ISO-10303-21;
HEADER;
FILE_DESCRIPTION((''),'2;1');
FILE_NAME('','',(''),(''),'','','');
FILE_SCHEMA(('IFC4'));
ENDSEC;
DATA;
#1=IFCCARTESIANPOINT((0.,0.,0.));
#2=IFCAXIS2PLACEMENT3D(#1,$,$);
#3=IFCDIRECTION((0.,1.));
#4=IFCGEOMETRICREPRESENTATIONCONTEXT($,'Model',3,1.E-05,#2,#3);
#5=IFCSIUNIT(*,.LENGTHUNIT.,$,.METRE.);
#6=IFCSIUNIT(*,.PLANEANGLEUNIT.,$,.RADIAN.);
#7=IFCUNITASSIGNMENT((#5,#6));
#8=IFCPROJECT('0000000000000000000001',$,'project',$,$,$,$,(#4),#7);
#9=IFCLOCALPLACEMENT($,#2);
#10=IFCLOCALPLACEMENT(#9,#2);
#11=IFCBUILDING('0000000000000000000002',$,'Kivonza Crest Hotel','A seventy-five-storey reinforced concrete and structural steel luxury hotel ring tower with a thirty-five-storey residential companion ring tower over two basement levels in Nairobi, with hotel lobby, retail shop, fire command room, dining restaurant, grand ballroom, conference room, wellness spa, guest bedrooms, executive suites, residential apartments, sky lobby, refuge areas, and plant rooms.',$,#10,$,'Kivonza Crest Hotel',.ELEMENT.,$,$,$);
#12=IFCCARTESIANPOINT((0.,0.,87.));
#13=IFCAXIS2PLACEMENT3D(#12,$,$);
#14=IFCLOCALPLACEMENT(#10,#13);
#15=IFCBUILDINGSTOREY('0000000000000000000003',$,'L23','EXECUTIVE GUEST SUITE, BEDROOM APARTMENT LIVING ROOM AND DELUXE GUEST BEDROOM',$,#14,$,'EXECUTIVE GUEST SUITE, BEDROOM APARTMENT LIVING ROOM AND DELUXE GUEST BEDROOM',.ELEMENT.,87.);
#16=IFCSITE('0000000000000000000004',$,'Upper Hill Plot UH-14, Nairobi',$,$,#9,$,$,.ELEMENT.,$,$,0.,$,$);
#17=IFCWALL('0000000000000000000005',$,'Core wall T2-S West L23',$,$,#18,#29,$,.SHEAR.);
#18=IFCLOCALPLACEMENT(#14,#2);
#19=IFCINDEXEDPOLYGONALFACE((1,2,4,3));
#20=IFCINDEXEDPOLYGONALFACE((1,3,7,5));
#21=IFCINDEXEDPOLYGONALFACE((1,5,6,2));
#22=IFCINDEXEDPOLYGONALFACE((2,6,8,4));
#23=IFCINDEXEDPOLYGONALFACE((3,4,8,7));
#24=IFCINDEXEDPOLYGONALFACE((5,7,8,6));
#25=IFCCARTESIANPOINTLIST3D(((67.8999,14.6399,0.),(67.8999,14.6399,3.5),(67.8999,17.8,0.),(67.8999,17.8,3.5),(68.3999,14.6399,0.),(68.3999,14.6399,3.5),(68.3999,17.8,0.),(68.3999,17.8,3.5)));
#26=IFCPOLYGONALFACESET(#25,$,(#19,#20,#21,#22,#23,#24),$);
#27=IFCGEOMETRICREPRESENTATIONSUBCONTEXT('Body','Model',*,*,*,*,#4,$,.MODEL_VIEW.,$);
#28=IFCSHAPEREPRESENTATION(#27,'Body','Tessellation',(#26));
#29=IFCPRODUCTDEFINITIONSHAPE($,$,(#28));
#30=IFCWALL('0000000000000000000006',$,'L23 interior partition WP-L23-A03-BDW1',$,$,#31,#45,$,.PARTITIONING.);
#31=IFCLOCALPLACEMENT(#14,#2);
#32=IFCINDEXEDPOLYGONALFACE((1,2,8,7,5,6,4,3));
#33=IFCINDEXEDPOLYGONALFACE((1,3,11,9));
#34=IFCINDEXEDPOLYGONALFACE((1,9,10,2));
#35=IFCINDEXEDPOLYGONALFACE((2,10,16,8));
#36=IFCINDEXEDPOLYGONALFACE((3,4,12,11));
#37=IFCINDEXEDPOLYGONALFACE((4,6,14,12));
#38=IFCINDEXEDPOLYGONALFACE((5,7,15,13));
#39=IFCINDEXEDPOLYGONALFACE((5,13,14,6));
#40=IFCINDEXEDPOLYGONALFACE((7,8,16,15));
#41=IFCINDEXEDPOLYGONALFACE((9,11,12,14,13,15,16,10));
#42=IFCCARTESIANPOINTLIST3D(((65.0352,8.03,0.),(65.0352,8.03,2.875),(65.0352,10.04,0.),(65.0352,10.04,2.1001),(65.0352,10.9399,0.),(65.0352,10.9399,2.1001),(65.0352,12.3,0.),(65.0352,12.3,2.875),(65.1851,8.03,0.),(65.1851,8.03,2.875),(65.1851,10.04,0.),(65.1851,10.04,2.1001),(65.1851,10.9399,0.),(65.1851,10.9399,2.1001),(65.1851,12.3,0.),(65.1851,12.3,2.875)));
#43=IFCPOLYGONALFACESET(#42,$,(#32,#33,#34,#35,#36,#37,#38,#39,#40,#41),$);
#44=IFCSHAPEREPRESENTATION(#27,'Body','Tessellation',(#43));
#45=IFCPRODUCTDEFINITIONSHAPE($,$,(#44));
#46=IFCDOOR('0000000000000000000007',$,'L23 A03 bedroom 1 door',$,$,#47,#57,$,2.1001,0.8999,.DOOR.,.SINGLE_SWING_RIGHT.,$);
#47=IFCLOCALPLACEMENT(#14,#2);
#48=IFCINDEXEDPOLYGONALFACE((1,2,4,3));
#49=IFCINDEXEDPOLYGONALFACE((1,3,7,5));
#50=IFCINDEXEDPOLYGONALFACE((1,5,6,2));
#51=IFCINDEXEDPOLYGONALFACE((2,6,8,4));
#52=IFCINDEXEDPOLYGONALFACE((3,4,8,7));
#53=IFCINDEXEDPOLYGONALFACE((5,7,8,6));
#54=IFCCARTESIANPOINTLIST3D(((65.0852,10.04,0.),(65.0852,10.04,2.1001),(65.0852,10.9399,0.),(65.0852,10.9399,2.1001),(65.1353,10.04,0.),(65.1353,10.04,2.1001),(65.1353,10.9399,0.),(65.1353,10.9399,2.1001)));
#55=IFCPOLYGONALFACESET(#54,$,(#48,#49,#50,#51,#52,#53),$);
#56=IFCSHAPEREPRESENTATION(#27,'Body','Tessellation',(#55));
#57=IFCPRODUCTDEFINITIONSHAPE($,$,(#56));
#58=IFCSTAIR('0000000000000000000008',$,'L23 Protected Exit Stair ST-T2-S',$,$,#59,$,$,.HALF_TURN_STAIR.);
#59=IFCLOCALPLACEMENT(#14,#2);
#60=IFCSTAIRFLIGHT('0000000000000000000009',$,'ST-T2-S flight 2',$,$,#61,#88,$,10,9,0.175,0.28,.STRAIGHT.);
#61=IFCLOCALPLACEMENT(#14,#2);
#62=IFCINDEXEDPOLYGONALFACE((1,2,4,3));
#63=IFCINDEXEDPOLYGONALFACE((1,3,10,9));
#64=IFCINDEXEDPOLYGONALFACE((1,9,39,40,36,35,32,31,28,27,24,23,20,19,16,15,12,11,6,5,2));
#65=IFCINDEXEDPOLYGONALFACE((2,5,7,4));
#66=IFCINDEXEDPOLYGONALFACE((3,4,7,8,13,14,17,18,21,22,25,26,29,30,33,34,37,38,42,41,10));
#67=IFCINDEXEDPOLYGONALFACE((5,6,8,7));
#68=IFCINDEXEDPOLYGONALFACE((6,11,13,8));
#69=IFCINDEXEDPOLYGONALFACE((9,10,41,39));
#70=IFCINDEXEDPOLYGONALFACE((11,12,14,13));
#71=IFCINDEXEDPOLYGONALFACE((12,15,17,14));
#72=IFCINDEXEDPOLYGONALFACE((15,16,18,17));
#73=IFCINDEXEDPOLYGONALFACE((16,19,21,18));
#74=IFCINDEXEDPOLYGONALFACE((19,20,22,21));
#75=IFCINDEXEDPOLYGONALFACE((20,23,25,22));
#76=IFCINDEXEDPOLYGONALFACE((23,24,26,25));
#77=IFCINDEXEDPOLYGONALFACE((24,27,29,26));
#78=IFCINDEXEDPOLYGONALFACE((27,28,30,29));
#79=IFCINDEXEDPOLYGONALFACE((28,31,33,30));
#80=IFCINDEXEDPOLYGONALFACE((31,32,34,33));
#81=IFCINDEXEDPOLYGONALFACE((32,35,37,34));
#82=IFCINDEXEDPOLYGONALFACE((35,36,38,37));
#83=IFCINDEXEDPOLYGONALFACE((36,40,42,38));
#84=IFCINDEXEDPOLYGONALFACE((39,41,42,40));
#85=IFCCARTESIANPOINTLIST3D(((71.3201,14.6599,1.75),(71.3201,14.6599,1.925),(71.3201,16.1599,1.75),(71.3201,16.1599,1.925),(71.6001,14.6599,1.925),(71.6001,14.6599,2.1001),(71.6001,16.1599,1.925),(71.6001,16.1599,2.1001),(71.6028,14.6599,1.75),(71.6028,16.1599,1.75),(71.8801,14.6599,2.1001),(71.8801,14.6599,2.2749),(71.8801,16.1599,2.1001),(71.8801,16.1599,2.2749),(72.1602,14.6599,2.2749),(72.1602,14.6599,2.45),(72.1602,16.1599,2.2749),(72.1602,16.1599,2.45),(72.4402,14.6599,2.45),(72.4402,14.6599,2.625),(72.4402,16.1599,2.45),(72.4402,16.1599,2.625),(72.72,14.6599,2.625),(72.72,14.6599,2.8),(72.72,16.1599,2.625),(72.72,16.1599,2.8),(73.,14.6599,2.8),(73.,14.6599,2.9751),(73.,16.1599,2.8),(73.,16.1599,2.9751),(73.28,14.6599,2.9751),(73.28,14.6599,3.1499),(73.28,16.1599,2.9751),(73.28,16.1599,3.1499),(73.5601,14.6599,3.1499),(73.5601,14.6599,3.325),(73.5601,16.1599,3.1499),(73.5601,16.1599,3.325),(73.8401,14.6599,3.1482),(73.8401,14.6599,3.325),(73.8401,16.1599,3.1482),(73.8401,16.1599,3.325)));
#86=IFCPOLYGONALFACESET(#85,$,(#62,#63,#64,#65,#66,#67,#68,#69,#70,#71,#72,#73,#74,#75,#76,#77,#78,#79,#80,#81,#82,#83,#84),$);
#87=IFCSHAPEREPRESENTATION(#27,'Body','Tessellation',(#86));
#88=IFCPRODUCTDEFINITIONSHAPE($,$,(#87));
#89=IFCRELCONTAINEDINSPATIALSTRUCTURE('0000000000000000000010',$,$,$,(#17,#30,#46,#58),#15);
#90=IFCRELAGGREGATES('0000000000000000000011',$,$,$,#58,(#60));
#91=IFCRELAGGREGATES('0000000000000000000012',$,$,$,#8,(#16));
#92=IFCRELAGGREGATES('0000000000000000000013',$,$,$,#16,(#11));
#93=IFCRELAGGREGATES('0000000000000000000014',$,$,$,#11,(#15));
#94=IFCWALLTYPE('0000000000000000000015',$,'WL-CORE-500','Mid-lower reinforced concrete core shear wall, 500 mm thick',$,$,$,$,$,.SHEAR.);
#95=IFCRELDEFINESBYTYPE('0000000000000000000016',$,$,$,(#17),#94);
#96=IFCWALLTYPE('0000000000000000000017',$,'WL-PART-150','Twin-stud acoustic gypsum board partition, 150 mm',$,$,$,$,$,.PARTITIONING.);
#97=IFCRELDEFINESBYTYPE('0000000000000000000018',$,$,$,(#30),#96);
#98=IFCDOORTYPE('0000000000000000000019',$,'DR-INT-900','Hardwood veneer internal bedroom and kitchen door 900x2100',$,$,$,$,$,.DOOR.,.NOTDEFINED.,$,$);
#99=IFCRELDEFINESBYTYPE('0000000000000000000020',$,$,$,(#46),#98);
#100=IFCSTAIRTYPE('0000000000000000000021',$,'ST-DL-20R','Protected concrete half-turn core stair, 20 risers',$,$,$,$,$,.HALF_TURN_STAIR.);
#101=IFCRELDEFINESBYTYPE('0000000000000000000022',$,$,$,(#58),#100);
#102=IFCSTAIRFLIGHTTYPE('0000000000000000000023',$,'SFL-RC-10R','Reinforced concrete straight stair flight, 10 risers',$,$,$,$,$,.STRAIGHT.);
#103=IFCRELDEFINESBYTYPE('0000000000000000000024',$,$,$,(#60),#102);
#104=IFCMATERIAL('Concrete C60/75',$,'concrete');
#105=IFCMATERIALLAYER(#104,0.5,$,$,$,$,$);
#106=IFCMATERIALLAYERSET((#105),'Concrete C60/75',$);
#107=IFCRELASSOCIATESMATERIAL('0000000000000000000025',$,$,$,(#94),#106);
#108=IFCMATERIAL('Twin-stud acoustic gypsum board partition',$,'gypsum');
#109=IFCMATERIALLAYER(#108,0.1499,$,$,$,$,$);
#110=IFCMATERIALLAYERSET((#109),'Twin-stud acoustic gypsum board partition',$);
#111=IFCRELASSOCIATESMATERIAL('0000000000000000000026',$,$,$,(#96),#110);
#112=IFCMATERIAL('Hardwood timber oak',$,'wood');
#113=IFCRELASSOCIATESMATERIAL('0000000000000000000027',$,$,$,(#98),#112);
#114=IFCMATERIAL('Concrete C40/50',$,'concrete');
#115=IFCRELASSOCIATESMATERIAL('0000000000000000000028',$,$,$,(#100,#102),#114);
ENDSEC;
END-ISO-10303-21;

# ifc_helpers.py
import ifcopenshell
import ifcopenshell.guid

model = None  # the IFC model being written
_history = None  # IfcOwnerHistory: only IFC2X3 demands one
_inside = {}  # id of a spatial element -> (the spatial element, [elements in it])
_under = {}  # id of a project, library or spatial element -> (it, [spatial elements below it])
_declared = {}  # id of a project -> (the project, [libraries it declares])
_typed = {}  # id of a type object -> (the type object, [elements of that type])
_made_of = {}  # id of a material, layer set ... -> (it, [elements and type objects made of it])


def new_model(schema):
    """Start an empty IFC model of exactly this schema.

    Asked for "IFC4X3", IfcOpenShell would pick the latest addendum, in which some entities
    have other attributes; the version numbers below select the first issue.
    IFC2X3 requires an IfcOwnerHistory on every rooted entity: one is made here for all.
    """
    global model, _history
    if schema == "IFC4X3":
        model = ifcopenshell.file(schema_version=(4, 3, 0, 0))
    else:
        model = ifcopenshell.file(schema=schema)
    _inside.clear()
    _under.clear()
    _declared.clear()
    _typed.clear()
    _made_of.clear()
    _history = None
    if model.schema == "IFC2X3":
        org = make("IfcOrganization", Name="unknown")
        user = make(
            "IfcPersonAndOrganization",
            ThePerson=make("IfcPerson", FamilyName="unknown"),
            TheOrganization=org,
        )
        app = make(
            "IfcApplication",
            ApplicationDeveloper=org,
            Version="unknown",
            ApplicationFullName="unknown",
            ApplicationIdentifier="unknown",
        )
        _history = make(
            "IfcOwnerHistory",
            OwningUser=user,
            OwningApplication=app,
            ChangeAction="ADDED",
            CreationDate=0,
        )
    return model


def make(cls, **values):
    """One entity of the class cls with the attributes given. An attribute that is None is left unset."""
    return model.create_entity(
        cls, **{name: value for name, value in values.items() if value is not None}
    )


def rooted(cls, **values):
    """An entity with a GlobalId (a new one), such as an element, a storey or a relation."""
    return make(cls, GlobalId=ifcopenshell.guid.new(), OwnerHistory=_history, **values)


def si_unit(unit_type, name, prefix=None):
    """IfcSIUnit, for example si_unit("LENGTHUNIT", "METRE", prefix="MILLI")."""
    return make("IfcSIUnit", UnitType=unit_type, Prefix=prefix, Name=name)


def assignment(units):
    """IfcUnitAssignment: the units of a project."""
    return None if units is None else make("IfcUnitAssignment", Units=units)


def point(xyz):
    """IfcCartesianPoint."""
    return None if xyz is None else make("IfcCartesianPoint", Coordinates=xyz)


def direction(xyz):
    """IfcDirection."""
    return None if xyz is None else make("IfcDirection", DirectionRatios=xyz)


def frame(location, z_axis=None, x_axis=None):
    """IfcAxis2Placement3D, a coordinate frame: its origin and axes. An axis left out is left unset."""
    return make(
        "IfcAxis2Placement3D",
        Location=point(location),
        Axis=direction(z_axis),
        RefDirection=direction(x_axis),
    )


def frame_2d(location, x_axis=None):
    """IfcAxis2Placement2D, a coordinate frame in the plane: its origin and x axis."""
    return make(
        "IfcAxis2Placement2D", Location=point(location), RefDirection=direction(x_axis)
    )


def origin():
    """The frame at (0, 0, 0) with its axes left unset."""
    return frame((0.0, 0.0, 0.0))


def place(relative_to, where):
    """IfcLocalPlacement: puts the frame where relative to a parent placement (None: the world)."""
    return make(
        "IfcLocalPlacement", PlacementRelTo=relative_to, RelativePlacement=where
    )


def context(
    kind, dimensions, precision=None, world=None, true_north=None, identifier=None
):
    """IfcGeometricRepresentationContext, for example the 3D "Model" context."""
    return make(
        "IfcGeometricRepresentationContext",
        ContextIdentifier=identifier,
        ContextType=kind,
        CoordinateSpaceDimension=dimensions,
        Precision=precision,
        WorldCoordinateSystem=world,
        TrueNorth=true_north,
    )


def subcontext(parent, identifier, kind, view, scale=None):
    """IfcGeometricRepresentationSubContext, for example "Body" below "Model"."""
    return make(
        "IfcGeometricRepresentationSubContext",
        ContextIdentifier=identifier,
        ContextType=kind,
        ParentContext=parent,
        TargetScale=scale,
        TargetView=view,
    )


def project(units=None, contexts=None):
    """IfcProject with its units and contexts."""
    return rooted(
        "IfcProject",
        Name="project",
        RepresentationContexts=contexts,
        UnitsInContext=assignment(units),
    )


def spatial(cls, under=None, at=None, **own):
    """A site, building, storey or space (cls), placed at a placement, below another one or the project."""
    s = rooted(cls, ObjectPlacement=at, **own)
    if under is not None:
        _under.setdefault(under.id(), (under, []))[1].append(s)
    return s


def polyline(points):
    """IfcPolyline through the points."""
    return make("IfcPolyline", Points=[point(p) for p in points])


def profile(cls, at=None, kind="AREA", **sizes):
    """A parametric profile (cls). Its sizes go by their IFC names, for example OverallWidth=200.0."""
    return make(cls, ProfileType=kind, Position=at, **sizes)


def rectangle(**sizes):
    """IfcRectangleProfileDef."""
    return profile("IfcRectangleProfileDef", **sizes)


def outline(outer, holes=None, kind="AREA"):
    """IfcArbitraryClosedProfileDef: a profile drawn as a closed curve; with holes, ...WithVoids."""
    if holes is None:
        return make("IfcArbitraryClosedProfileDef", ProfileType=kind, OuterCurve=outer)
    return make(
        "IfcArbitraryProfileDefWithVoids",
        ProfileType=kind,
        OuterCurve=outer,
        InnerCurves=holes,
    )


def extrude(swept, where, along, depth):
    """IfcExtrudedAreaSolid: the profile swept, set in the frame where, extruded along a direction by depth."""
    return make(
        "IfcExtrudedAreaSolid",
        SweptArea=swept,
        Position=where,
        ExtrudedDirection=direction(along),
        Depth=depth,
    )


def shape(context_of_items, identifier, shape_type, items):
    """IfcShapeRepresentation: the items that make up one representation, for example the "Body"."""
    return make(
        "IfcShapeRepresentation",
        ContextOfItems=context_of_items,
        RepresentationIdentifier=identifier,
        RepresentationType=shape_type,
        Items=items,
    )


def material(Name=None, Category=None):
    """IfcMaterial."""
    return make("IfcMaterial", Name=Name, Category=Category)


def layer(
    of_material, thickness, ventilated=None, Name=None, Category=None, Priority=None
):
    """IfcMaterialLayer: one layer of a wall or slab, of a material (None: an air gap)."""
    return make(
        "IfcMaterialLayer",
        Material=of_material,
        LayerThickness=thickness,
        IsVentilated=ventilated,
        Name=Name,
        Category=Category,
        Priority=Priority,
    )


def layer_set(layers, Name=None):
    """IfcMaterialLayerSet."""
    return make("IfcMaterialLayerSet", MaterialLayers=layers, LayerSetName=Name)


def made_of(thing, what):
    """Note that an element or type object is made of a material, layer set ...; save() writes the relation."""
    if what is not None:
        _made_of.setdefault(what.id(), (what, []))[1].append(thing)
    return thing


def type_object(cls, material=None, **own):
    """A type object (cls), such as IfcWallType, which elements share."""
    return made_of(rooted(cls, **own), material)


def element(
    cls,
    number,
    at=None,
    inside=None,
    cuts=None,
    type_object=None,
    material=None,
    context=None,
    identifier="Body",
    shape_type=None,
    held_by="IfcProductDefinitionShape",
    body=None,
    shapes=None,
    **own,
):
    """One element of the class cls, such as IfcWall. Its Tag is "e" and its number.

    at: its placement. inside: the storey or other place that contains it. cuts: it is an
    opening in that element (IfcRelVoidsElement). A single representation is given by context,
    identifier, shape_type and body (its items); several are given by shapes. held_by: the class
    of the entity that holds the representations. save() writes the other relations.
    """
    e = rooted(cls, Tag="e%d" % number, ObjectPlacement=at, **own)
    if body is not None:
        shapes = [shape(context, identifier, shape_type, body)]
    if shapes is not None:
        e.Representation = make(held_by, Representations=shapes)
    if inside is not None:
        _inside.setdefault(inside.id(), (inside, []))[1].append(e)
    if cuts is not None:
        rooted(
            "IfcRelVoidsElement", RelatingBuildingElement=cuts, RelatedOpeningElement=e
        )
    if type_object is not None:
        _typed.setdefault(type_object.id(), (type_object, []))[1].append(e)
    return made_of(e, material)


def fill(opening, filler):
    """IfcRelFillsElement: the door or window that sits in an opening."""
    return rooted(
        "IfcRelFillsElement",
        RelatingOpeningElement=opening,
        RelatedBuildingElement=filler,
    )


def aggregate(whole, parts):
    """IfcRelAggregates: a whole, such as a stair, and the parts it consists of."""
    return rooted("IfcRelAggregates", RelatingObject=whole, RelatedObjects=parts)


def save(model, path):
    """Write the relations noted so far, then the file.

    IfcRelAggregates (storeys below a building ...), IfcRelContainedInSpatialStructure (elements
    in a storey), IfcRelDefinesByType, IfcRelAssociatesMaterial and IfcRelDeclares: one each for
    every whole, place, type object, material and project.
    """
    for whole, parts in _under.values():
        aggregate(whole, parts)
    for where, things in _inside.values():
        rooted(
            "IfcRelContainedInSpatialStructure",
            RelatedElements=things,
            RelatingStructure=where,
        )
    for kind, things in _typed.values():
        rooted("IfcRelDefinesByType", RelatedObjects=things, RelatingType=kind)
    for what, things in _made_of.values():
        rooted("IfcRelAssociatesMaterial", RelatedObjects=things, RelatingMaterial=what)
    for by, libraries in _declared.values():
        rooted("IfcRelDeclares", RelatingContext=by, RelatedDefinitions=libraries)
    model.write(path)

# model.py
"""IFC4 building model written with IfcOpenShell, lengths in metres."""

from ifc_helpers import new_model, si_unit, direction, frame, frame_2d, origin, place, context, subcontext, project, spatial, polyline, rectangle, outline, extrude, material, layer, layer_set, type_object, element, fill, aggregate, save


model = new_model("IFC4")

# Units and contexts
model_context = context("Model", 3, precision=1e-05, world=origin(), true_north=direction((0.0, 1.0)))
body_context = subcontext(model_context, "Body", "Model", "MODEL_VIEW")
ifc_project = project(units=[si_unit("LENGTHUNIT", "METRE"), si_unit("PLANEANGLEUNIT", "RADIAN")], contexts=[model_context])

# Site, building, storey
site_placement = place(None, origin())
site = spatial("IfcSite", under=ifc_project, at=site_placement, Name="Upper Hill Plot UH-14, Nairobi", CompositionType="ELEMENT", RefElevation=0.0)
building_placement = place(site_placement, origin())
building = spatial("IfcBuilding", under=site, at=building_placement, Name="Kivonza Crest Hotel", Description="A seventy-five-storey reinforced concrete and structural steel luxury hotel ring tower with a thirty-five-storey residential companion ring tower over two basement levels in Nairobi, with hotel lobby, retail shop, fire command room, dining restaurant, grand ballroom, conference room, wellness spa, guest bedrooms, executive suites, residential apartments, sky lobby, refuge areas, and plant rooms.", LongName="Kivonza Crest Hotel", CompositionType="ELEMENT")
storey_placement = place(building_placement, frame((0.0, 0.0, 87.0)))
storey = spatial("IfcBuildingStorey", under=building, at=storey_placement, Name="L23", Description="EXECUTIVE GUEST SUITE, BEDROOM APARTMENT LIVING ROOM AND DELUXE GUEST BEDROOM", LongName="EXECUTIVE GUEST SUITE, BEDROOM APARTMENT LIVING ROOM AND DELUXE GUEST BEDROOM", CompositionType="ELEMENT", Elevation=87.0)

# Shared definitions
ifc_material_1 = material(Name="Hardwood timber oak", Category="wood")

# Shared definitions
ifc_material_2 = material(Name="Concrete C60/75", Category="concrete")
ifc_layer_1 = layer(ifc_material_2, 0.5)
ifc_layer_set_1 = layer_set([ifc_layer_1], Name="Concrete C60/75")
wall_type_1 = type_object("IfcWallType", Name="WL-CORE-500", Description="Mid-lower reinforced concrete core shear wall, 500 mm thick", PredefinedType="SHEAR", material=ifc_layer_set_1)

# Wall
wall_1_placement = place(storey_placement, frame((68.1499, 14.6399, 0.0), z_axis=(0.0, 0.0, 1.0), x_axis=(0.0, 1.0, 0.0)))
element("IfcWall", 1, at=wall_1_placement, inside=storey, type_object=wall_type_1, Name="Core wall T2-S West L23", PredefinedType="SHEAR", context=body_context, shape_type="SweptSolid", body=[
    extrude(rectangle(XDim=3.1602, YDim=0.5, at=frame_2d((1.5801, 0.0))), origin(), (0.0, 0.0, 1.0), 3.5),
])

# Wall, opening, door
ifc_material_3 = material(Name="Twin-stud acoustic gypsum board partition", Category="gypsum")
ifc_layer_2 = layer(ifc_material_3, 0.1499)
ifc_layer_set_2 = layer_set([ifc_layer_2], Name="Twin-stud acoustic gypsum board partition")
wall_type_2 = type_object("IfcWallType", Name="WL-PART-150", Description="Twin-stud acoustic gypsum board partition, 150 mm", PredefinedType="PARTITIONING", material=ifc_layer_set_2)
wall_2_placement = place(storey_placement, frame((65.1101, 8.03, 0.0), z_axis=(0.0, 0.0, 1.0), x_axis=(0.0, 1.0, 0.0)))
wall_2 = element("IfcWall", 2, at=wall_2_placement, inside=storey, type_object=wall_type_2, Name="L23 interior partition WP-L23-A03-BDW1", PredefinedType="PARTITIONING", context=body_context, shape_type="SweptSolid", body=[
    extrude(rectangle(XDim=4.27, YDim=0.1499, at=frame_2d((2.135, 0.0))), origin(), (0.0, 0.0, 1.0), 2.875),
])
opening_1_placement = place(wall_2_placement, frame((2.01, 0.0, 0.0)))
opening_1 = element("IfcOpeningElement", 3, at=opening_1_placement, cuts=wall_2, PredefinedType="OPENING", context=body_context, shape_type="SweptSolid", body=[
    extrude(rectangle(XDim=0.8999, YDim=2.1001, at=frame_2d((0.45, 1.05))), frame((0.0, 0.085, 0.0), z_axis=(0.0, -1.0, 0.0), x_axis=(1.0, 0.0, 0.0)), (0.0, 0.0, 1.0), 0.1699),
])
door_type_1 = type_object("IfcDoorType", Name="DR-INT-900", Description="Hardwood veneer internal bedroom and kitchen door 900x2100", OperationType="NOTDEFINED", PredefinedType="DOOR", material=ifc_material_1)
door_1_placement = place(opening_1_placement, origin())
door_1 = element("IfcDoor", 4, at=door_1_placement, inside=storey, type_object=door_type_1, Name="L23 A03 bedroom 1 door", OperationType="SINGLE_SWING_RIGHT", OverallHeight=2.1001, OverallWidth=0.8999, PredefinedType="DOOR", context=body_context, shape_type="SweptSolid", body=[
    extrude(rectangle(XDim=0.8999, YDim=2.1001, at=frame_2d((0.45, 1.05))), frame((0.0, 0.0249, 0.0), z_axis=(0.0, -1.0, 0.0), x_axis=(1.0, 0.0, 0.0)), (0.0, 0.0, 1.0), 0.05),
])
fill(opening_1, door_1)

# Stair, stair flight
ifc_material_4 = material(Name="Concrete C40/50", Category="concrete")
stair_type = type_object("IfcStairType", Name="ST-DL-20R", Description="Protected concrete half-turn core stair, 20 risers", PredefinedType="HALF_TURN_STAIR", material=ifc_material_4)
stair_placement = place(storey_placement, origin())
stair = element("IfcStair", 5, at=stair_placement, inside=storey, type_object=stair_type, Name="L23 Protected Exit Stair ST-T2-S", PredefinedType="HALF_TURN_STAIR")
stair_flight_type = type_object("IfcStairFlightType", Name="SFL-RC-10R", Description="Reinforced concrete straight stair flight, 10 risers", PredefinedType="STRAIGHT", material=ifc_material_4)
stair_flight_placement = place(storey_placement, frame((71.3201, 15.4099, 1.75), z_axis=(0.0, 0.0, 1.0), x_axis=(1.0, 0.0, 0.0)))
stair_flight = element("IfcStairFlight", 6, at=stair_flight_placement, type_object=stair_flight_type, Name="ST-T2-S flight 2", NumberOfRisers=10, NumberOfTreads=9, PredefinedType="STRAIGHT", RiserHeight=0.175, TreadLength=0.28, context=body_context, shape_type="SweptSolid", body=[
    extrude(outline(polyline([(0.0, 0.0), (0.0, 0.175), (0.28, 0.175), (0.28, 0.3501), (0.5601, 0.3501), (0.5601, 0.5249), (0.8401, 0.5249), (0.8401, 0.7), (1.1201, 0.7), (1.1201, 0.875), (1.3999, 0.875), (1.3999, 1.05), (1.6799, 1.05), (1.6799, 1.2251), (1.96, 1.2251), (1.96, 1.3999), (2.24, 1.3999), (2.24, 1.575), (2.52, 1.575), (2.52, 1.75), (2.52, 1.3982), (0.2827, 0.0), (0.0, 0.0)])), frame((0.0, 0.75, 0.0), z_axis=(0.0, -1.0, 0.0), x_axis=(1.0, 0.0, 0.0)), (0.0, 0.0, 1.0), 1.5),
])
aggregate(stair, [stair_flight])

save(model, "model.ifc")
